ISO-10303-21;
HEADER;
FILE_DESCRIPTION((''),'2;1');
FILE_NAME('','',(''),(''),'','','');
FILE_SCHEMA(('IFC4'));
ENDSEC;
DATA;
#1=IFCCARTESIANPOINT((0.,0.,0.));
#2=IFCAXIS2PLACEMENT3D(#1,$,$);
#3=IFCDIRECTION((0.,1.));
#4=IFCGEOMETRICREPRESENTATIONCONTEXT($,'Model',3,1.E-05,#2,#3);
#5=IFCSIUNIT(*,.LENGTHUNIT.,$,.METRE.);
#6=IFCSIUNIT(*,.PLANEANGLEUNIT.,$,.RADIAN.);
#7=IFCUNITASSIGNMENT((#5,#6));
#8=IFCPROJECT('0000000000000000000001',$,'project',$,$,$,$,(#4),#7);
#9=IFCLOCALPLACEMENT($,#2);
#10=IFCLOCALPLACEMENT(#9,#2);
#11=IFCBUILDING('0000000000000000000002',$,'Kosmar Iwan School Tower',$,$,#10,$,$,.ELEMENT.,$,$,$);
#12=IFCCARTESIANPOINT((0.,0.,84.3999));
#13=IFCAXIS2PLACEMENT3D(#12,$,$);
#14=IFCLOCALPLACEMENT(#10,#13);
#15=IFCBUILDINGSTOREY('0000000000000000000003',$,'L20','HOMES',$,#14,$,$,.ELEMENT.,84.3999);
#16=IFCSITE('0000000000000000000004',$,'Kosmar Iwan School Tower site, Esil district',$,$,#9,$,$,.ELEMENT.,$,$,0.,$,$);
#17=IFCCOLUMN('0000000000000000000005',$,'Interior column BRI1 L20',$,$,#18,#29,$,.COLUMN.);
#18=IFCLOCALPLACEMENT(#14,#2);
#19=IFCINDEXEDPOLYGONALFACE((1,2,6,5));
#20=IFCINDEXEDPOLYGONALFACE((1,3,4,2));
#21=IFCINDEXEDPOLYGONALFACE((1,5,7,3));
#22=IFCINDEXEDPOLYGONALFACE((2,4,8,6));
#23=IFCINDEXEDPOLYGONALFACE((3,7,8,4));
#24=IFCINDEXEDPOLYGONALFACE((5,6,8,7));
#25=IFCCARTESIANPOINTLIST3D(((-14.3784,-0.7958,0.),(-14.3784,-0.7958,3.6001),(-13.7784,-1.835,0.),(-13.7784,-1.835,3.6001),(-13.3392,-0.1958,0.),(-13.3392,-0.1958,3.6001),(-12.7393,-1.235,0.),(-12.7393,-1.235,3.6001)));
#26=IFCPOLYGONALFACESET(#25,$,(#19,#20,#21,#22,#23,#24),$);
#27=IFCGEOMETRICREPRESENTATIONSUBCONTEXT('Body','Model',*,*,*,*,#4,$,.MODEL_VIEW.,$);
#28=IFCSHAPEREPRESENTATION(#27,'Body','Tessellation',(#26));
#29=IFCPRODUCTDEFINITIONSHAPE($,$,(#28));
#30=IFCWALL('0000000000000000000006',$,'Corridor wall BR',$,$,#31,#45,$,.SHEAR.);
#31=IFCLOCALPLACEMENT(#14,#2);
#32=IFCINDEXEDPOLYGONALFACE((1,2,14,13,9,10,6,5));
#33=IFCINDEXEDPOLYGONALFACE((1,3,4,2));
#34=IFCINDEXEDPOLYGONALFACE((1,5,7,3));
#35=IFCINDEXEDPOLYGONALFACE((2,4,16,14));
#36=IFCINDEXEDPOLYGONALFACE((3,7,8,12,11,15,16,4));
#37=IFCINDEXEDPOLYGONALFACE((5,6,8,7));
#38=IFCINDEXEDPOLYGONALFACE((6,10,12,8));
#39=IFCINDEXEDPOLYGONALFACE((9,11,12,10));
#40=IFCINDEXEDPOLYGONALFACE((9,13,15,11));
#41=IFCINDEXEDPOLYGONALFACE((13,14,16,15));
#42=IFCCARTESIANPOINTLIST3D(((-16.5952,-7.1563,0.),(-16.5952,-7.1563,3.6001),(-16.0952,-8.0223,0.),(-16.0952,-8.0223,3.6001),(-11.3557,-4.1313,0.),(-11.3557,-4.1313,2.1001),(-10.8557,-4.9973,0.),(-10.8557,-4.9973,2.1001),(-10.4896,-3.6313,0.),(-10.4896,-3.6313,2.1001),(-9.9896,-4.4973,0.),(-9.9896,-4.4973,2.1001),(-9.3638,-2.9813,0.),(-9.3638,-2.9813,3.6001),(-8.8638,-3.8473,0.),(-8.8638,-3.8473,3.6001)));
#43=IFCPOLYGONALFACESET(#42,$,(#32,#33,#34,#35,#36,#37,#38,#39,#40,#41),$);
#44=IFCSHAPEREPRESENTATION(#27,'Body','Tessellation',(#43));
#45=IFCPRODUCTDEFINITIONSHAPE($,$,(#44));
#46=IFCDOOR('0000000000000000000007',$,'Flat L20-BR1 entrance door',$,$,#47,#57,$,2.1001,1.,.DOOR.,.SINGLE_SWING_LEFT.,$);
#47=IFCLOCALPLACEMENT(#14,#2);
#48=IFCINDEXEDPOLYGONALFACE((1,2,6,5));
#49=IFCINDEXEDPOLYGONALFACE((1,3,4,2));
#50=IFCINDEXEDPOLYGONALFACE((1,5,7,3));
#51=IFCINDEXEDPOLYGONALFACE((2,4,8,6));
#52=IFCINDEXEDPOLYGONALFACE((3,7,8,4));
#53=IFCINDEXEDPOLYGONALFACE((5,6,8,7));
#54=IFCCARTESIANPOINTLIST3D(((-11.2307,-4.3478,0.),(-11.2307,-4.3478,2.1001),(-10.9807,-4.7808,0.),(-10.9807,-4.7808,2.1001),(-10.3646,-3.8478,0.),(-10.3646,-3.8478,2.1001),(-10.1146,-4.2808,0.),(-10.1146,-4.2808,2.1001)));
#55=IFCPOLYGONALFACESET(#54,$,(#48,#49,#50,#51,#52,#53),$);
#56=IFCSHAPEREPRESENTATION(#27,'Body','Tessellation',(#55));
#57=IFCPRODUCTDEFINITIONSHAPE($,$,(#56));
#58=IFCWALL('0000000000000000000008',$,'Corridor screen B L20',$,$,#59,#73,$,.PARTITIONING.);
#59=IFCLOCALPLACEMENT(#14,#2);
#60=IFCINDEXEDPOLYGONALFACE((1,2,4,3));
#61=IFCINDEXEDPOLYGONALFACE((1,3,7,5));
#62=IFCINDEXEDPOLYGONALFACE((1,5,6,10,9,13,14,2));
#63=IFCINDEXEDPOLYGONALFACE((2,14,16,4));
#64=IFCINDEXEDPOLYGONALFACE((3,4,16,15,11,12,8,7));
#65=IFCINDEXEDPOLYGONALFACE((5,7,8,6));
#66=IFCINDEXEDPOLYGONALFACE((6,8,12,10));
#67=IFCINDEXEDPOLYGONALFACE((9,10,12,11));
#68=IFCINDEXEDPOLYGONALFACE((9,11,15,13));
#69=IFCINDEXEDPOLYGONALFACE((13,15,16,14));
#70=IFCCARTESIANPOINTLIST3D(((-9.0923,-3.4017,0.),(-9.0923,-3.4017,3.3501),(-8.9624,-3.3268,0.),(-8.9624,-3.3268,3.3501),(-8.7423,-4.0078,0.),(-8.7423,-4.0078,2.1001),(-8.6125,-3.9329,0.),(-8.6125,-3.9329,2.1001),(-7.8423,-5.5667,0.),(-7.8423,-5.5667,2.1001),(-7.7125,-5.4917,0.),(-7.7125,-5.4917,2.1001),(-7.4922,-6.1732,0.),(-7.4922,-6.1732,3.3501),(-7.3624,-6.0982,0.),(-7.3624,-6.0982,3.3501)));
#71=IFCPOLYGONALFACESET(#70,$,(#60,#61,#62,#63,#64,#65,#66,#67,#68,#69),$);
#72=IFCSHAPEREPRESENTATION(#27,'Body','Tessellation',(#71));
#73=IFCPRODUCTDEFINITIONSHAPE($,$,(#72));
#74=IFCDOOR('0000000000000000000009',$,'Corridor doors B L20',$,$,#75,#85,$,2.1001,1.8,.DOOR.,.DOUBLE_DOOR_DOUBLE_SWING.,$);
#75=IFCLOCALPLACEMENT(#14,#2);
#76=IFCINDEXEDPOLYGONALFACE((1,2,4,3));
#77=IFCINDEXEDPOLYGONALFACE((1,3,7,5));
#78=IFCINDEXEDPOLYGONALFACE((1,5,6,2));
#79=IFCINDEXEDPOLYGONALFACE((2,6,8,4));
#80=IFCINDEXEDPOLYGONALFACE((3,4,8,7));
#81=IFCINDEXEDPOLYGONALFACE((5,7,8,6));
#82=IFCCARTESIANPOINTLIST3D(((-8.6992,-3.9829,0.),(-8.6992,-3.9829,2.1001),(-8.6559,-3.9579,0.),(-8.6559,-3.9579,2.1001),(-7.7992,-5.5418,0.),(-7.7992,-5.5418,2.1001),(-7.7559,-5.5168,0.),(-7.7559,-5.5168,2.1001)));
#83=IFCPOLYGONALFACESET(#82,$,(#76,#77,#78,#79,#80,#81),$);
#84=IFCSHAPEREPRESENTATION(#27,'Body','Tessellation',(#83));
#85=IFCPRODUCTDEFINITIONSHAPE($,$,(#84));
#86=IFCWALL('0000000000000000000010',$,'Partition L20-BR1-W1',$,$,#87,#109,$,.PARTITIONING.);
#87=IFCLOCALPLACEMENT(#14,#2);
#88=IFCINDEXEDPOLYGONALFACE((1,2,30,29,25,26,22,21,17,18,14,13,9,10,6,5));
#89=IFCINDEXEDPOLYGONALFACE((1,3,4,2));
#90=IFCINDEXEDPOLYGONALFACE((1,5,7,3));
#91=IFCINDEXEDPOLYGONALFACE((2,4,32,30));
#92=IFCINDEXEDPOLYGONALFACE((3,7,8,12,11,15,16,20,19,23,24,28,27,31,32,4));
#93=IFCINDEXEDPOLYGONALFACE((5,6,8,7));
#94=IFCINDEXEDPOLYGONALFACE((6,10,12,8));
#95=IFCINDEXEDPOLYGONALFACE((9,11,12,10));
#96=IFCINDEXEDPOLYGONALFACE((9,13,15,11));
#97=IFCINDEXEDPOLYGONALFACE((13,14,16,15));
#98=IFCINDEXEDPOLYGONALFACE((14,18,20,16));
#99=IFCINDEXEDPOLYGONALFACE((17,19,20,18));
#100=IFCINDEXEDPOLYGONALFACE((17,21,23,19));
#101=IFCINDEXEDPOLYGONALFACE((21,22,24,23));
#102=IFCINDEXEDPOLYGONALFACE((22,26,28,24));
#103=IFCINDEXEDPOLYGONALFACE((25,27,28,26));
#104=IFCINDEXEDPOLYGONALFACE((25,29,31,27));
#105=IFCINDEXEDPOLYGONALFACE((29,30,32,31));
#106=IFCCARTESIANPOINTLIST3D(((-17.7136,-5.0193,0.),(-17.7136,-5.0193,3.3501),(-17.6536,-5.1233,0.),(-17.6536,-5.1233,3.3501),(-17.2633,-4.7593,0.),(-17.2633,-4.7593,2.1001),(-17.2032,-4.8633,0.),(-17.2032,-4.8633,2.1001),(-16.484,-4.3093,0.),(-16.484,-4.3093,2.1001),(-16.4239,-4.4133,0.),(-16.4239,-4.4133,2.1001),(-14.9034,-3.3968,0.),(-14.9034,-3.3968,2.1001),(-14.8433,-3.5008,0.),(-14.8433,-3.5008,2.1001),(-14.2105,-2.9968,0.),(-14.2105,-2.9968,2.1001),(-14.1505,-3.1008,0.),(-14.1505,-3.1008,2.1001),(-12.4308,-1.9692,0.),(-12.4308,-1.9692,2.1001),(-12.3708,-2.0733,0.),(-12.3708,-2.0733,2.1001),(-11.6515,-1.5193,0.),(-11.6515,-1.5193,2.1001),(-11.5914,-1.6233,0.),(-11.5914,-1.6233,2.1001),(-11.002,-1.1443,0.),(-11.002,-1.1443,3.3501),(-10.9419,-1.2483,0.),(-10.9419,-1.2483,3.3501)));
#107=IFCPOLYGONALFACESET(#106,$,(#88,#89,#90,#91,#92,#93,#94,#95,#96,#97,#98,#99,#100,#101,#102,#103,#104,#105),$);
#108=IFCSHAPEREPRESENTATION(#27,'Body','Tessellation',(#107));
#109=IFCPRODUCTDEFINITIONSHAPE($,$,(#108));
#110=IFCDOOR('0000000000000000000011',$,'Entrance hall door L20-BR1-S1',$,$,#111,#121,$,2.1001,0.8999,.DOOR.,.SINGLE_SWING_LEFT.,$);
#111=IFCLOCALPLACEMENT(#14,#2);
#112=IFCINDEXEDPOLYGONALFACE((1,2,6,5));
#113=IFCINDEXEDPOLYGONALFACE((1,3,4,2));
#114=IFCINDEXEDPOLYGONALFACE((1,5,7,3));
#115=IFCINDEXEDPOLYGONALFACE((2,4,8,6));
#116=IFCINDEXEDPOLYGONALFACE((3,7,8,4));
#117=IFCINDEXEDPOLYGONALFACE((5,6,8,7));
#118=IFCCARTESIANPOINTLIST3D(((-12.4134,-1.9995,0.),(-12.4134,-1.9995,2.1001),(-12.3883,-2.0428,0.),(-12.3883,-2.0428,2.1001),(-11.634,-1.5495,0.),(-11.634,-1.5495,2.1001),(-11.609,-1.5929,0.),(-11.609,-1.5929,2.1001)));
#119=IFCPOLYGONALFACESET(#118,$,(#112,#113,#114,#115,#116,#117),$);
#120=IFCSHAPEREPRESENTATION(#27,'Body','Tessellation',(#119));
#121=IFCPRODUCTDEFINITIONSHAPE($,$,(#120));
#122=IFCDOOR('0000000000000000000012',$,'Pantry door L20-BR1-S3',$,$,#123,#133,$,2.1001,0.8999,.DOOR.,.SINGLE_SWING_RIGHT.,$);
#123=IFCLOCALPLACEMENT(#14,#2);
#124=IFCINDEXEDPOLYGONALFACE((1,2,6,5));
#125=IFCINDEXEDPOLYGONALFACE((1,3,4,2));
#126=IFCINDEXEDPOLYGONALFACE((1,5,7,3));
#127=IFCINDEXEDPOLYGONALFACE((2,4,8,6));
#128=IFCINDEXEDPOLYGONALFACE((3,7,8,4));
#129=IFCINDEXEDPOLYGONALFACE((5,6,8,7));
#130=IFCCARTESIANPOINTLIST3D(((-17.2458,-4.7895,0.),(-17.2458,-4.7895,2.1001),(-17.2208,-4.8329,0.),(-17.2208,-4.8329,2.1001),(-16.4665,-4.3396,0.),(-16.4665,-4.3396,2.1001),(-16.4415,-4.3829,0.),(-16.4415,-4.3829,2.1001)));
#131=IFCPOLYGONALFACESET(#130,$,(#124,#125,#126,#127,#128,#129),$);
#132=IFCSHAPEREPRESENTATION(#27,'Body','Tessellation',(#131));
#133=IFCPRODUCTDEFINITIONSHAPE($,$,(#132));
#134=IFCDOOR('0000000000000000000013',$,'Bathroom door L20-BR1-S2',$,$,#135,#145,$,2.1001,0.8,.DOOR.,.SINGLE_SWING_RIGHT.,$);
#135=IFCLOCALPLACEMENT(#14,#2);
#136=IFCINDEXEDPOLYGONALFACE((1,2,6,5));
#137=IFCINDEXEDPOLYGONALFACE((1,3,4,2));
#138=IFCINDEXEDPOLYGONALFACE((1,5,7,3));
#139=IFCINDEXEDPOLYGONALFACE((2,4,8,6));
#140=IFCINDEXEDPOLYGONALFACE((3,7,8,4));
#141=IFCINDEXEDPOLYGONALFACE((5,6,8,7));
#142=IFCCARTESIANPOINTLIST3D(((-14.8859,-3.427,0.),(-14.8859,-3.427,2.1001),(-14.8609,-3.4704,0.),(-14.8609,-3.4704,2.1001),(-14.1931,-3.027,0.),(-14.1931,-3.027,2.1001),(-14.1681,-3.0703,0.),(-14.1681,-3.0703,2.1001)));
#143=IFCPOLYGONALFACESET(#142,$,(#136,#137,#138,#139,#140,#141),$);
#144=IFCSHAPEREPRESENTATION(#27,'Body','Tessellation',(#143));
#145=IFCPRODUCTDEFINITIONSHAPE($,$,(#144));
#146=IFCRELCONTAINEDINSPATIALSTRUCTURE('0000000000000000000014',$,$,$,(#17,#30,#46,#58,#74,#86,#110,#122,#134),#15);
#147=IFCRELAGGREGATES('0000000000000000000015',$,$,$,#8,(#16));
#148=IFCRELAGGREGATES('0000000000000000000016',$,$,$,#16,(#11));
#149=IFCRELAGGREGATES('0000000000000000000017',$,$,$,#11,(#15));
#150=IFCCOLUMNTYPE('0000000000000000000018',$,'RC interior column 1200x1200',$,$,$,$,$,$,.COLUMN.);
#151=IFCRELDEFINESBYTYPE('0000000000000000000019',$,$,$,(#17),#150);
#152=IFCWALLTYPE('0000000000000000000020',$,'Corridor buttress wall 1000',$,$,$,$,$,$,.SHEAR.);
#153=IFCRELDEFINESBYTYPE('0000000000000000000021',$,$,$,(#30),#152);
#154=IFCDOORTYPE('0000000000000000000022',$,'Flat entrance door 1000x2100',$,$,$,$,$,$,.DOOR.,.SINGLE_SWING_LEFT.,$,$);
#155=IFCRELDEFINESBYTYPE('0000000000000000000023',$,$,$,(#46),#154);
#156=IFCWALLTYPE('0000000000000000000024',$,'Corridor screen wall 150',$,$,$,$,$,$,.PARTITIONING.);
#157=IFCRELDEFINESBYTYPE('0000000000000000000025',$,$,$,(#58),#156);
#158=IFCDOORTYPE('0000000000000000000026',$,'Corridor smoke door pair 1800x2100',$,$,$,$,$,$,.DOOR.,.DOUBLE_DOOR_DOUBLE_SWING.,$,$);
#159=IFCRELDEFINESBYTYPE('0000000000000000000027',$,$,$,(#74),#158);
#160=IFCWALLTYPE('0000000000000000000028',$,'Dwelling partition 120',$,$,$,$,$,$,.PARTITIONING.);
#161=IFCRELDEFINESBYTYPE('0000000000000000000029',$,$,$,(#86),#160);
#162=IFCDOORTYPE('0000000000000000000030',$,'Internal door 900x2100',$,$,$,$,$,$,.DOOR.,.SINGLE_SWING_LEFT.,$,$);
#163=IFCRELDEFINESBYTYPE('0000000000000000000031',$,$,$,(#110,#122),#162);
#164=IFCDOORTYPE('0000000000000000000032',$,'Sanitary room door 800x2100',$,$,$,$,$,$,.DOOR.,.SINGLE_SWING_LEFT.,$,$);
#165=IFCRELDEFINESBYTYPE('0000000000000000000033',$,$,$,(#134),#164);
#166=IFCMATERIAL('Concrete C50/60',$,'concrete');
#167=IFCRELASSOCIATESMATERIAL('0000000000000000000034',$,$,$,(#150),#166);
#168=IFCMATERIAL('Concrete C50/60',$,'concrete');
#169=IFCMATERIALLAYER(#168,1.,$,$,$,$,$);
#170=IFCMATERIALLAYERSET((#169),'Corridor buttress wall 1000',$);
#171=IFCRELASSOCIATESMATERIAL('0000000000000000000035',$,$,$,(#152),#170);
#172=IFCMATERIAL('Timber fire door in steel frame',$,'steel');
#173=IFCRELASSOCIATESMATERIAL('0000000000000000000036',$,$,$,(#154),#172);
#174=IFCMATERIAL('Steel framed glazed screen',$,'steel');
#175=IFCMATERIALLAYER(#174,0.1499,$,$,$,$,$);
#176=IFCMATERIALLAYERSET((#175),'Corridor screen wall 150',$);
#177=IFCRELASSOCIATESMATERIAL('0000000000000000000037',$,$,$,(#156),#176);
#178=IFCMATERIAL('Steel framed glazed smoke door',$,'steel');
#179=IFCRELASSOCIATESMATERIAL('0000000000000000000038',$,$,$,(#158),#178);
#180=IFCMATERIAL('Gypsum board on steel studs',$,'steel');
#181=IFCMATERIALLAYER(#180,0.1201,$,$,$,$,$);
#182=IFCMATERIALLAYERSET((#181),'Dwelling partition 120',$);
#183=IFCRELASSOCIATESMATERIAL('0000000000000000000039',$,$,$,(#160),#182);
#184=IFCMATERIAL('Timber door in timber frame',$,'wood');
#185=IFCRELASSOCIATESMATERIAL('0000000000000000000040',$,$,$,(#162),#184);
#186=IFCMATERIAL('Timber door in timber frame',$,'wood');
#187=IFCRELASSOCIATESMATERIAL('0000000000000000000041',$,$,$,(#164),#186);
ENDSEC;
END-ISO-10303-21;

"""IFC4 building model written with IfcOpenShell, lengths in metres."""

from ifc_helpers import new_model, si_unit, direction, frame, frame_2d, origin, origin_2d, place, context, subcontext, project, spatial, rectangle, extrude, material, layer, layer_set, material_profile, profile_set, type_object, element, fill, save


model = new_model("IFC4")

# Units and contexts
model_context = context("Model", 3, precision=1e-05, world=origin(), true_north=direction((0.0, 1.0)))
body_context = subcontext(model_context, "Body", "Model", "MODEL_VIEW")
ifc_project = project(units=[si_unit("LENGTHUNIT", "METRE"), si_unit("PLANEANGLEUNIT", "RADIAN")], contexts=[model_context])

# Site, building, storey
site_placement = place(None, origin())
site = spatial("IfcSite", under=ifc_project, at=site_placement, Name="Kosmar Iwan School Tower site, Esil district", CompositionType="ELEMENT", RefElevation=0.0)
building_placement = place(site_placement, origin())
building = spatial("IfcBuilding", under=site, at=building_placement, Name="Kosmar Iwan School Tower", CompositionType="ELEMENT")
storey_placement = place(building_placement, frame((0.0, 0.0, 84.3999)))
storey = spatial("IfcBuildingStorey", under=building, at=storey_placement, Name="L20", Description="HOMES", CompositionType="ELEMENT", Elevation=84.3999)

# Column
ifc_material_1 = material(Name="Concrete C50/60", Category="concrete")
ifc_material_profile = material_profile(ifc_material_1, rectangle(XDim=1.2, YDim=1.2, at=origin_2d()), Name="RC 1200x1200")
ifc_profile_set = profile_set([ifc_material_profile], Name="Concrete C50/60")
column_type = type_object("IfcColumnType", Name="RC interior column 1200x1200", PredefinedType="COLUMN", material=ifc_profile_set)
column_placement = place(storey_placement, frame((-13.5588, -1.0154, 0.0), z_axis=(0.0, 0.0, 1.0), x_axis=(-0.866025, -0.5, 0.0)))
element("IfcColumn", 1, at=column_placement, inside=storey, type_object=column_type, Name="Interior column BRI1 L20", PredefinedType="COLUMN", context=body_context, shape_type="SweptSolid", body=[
    extrude(rectangle(XDim=1.2, YDim=1.2, at=origin_2d()), origin(), (0.0, 0.0, 1.0), 3.6001),
])

# Walls, openings, doors
ifc_material_2 = material(Name="Concrete C50/60", Category="concrete")
ifc_layer_1 = layer(ifc_material_2, 1.0)
ifc_layer_set_1 = layer_set([ifc_layer_1], Name="Corridor buttress wall 1000")
wall_type_1 = type_object("IfcWallType", Name="Corridor buttress wall 1000", PredefinedType="SHEAR", material=ifc_layer_set_1)
wall_1_placement = place(storey_placement, frame((-9.1138, -3.4143, 0.0), z_axis=(0.0, 0.0, 1.0), x_axis=(-0.866027, -0.499997, 0.0)))
wall_1 = element("IfcWall", 2, at=wall_1_placement, inside=storey, type_object=wall_type_1, Name="Corridor wall BR", PredefinedType="SHEAR", context=body_context, shape_type="SweptSolid", body=[
    extrude(rectangle(XDim=8.3501, YDim=1.0, at=frame_2d((4.175, 0.0))), origin(), (0.0, 0.0, 1.0), 3.6001),
])
opening_1_placement = place(wall_1_placement, frame((1.3, 0.0, 0.0)))
opening_1 = element("IfcOpeningElement", 3, at=opening_1_placement, cuts=wall_1, PredefinedType="OPENING", context=body_context, shape_type="SweptSolid", body=[
    extrude(rectangle(XDim=1.0, YDim=2.1001, at=frame_2d((0.5, 1.05))), frame((0.0, 0.512, 0.0), z_axis=(0.0, -1.0, 0.0), x_axis=(1.0, 0.0, 0.0)), (0.0, 0.0, 1.0), 1.0239),
])
ifc_material_3 = material(Name="Timber fire door in steel frame", Category="steel")
door_type_1 = type_object("IfcDoorType", Name="Flat entrance door 1000x2100", OperationType="SINGLE_SWING_LEFT", PredefinedType="DOOR", material=ifc_material_3)
door_1_placement = place(opening_1_placement, origin())
door_1 = element("IfcDoor", 4, at=door_1_placement, inside=storey, type_object=door_type_1, Name="Flat L20-BR1 entrance door", OperationType="SINGLE_SWING_LEFT", OverallHeight=2.1001, OverallWidth=1.0, PredefinedType="DOOR", context=body_context, shape_type="SweptSolid", body=[
    extrude(rectangle(XDim=1.0, YDim=2.1001, at=frame_2d((0.5, 1.05))), frame((0.0, 0.25, 0.0), z_axis=(0.0, -1.0, 0.0), x_axis=(1.0, 0.0, 0.0)), (0.0, 0.0, 1.0), 0.5),
])
fill(opening_1, door_1)
ifc_material_4 = material(Name="Steel framed glazed screen", Category="steel")
ifc_layer_2 = layer(ifc_material_4, 0.1499)
ifc_layer_set_2 = layer_set([ifc_layer_2], Name="Corridor screen wall 150")
wall_type_2 = type_object("IfcWallType", Name="Corridor screen wall 150", PredefinedType="PARTITIONING", material=ifc_layer_set_2)
wall_2_placement = place(storey_placement, frame((-9.0273, -3.3643, 0.0), z_axis=(0.0, 0.0, 1.0), x_axis=(0.499995, -0.866028, 0.0)))
wall_2 = element("IfcWall", 5, at=wall_2_placement, inside=storey, type_object=wall_type_2, Name="Corridor screen B L20", PredefinedType="PARTITIONING", context=body_context, shape_type="SweptSolid", body=[
    extrude(rectangle(XDim=3.2002, YDim=0.1499, at=frame_2d((1.6001, 0.0))), origin(), (0.0, 0.0, 1.0), 3.3501),
])
opening_2_placement = place(wall_2_placement, frame((0.7, 0.0, 0.0)))
opening_2 = element("IfcOpeningElement", 6, at=opening_2_placement, cuts=wall_2, PredefinedType="OPENING", context=body_context, shape_type="SweptSolid", body=[
    extrude(rectangle(XDim=1.8, YDim=2.1001, at=frame_2d((0.8999, 1.05))), frame((0.0, 0.0869, 0.0), z_axis=(0.0, -1.0, 0.0), x_axis=(1.0, 0.0, 0.0)), (0.0, 0.0, 1.0), 0.1738),
])
ifc_material_5 = material(Name="Steel framed glazed smoke door", Category="steel")
door_type_2 = type_object("IfcDoorType", Name="Corridor smoke door pair 1800x2100", OperationType="DOUBLE_DOOR_DOUBLE_SWING", PredefinedType="DOOR", material=ifc_material_5)
door_2_placement = place(opening_2_placement, origin())
door_2 = element("IfcDoor", 7, at=door_2_placement, inside=storey, type_object=door_type_2, Name="Corridor doors B L20", OperationType="DOUBLE_DOOR_DOUBLE_SWING", OverallHeight=2.1001, OverallWidth=1.8, PredefinedType="DOOR", context=body_context, shape_type="SweptSolid", body=[
    extrude(rectangle(XDim=1.8, YDim=2.1001, at=frame_2d((0.8999, 1.05))), frame((0.0, 0.0249, 0.0), z_axis=(0.0, -1.0, 0.0), x_axis=(1.0, 0.0, 0.0)), (0.0, 0.0, 1.0), 0.05),
])
fill(opening_2, door_2)

# Wall, openings, doors
ifc_material_6 = material(Name="Gypsum board on steel studs", Category="steel")
ifc_layer_3 = layer(ifc_material_6, 0.1201)
ifc_layer_set_3 = layer_set([ifc_layer_3], Name="Dwelling partition 120")
wall_type_3 = type_object("IfcWallType", Name="Dwelling partition 120", PredefinedType="PARTITIONING", material=ifc_layer_set_3)
wall_3_placement = place(storey_placement, frame((-10.9719, -1.1963, 0.0), z_axis=(0.0, 0.0, 1.0), x_axis=(-0.866025, -0.500002, 0.0)))
wall_3 = element("IfcWall", 8, at=wall_3_placement, inside=storey, type_object=wall_type_3, Name="Partition L20-BR1-W1", PredefinedType="PARTITIONING", context=body_context, shape_type="SweptSolid", body=[
    extrude(rectangle(XDim=7.75, YDim=0.1201, at=frame_2d((3.875, 0.0))), origin(), (0.0, 0.0, 1.0), 3.3501),
])
opening_3_placement = place(wall_3_placement, frame((0.75, 0.0, 0.0)))
opening_3 = element("IfcOpeningElement", 9, at=opening_3_placement, cuts=wall_3, PredefinedType="OPENING", context=body_context, shape_type="SweptSolid", body=[
    extrude(rectangle(XDim=0.8999, YDim=2.1001, at=frame_2d((0.45, 1.05))), frame((0.0, 0.072, 0.0), z_axis=(0.0, -1.0, 0.0), x_axis=(1.0, 0.0, 0.0)), (0.0, 0.0, 1.0), 0.144),
])
opening_4_placement = place(wall_3_placement, frame((3.7051, 0.0, 0.0)))
opening_4 = element("IfcOpeningElement", 10, at=opening_4_placement, cuts=wall_3, PredefinedType="OPENING", context=body_context, shape_type="SweptSolid", body=[
    extrude(rectangle(XDim=0.8, YDim=2.1001, at=frame_2d((0.3999, 1.05))), frame((0.0, 0.072, 0.0), z_axis=(0.0, -1.0, 0.0), x_axis=(1.0, 0.0, 0.0)), (0.0, 0.0, 1.0), 0.144),
])
opening_5_placement = place(wall_3_placement, frame((6.3301, 0.0, 0.0)))
opening_5 = element("IfcOpeningElement", 11, at=opening_5_placement, cuts=wall_3, PredefinedType="OPENING", context=body_context, shape_type="SweptSolid", body=[
    extrude(rectangle(XDim=0.8999, YDim=2.1001, at=frame_2d((0.45, 1.05))), frame((0.0, 0.072, 0.0), z_axis=(0.0, -1.0, 0.0), x_axis=(1.0, 0.0, 0.0)), (0.0, 0.0, 1.0), 0.144),
])
ifc_material_7 = material(Name="Timber door in timber frame", Category="wood")
door_type_3 = type_object("IfcDoorType", Name="Internal door 900x2100", OperationType="SINGLE_SWING_LEFT", PredefinedType="DOOR", material=ifc_material_7)
door_3_placement = place(opening_3_placement, origin())
door_3 = element("IfcDoor", 12, at=door_3_placement, inside=storey, type_object=door_type_3, Name="Entrance hall door L20-BR1-S1", OperationType="SINGLE_SWING_LEFT", OverallHeight=2.1001, OverallWidth=0.8999, PredefinedType="DOOR", context=body_context, shape_type="SweptSolid", body=[
    extrude(rectangle(XDim=0.8999, YDim=2.1001, at=frame_2d((0.45, 1.05))), frame((0.0, 0.0249, 0.0), z_axis=(0.0, -1.0, 0.0), x_axis=(1.0, 0.0, 0.0)), (0.0, 0.0, 1.0), 0.05),
])
fill(opening_3, door_3)
door_4_placement = place(opening_5_placement, origin())
door_4 = element("IfcDoor", 13, at=door_4_placement, inside=storey, type_object=door_type_3, Name="Pantry door L20-BR1-S3", OperationType="SINGLE_SWING_RIGHT", OverallHeight=2.1001, OverallWidth=0.8999, PredefinedType="DOOR", context=body_context, shape_type="SweptSolid", body=[
    extrude(rectangle(XDim=0.8999, YDim=2.1001, at=frame_2d((0.45, 1.05))), frame((0.0, 0.0249, 0.0), z_axis=(0.0, -1.0, 0.0), x_axis=(1.0, 0.0, 0.0)), (0.0, 0.0, 1.0), 0.05),
])
fill(opening_5, door_4)
ifc_material_8 = material(Name="Timber door in timber frame", Category="wood")
door_type_4 = type_object("IfcDoorType", Name="Sanitary room door 800x2100", OperationType="SINGLE_SWING_LEFT", PredefinedType="DOOR", material=ifc_material_8)
door_5_placement = place(opening_4_placement, origin())
door_5 = element("IfcDoor", 14, at=door_5_placement, inside=storey, type_object=door_type_4, Name="Bathroom door L20-BR1-S2", OperationType="SINGLE_SWING_RIGHT", OverallHeight=2.1001, OverallWidth=0.8, PredefinedType="DOOR", context=body_context, shape_type="SweptSolid", body=[
    extrude(rectangle(XDim=0.8, YDim=2.1001, at=frame_2d((0.3999, 1.05))), frame((0.0, 0.0249, 0.0), z_axis=(0.0, -1.0, 0.0), x_axis=(1.0, 0.0, 0.0)), (0.0, 0.0, 1.0), 0.05),
])
fill(opening_4, door_5)

save(model, "model.ifc")
